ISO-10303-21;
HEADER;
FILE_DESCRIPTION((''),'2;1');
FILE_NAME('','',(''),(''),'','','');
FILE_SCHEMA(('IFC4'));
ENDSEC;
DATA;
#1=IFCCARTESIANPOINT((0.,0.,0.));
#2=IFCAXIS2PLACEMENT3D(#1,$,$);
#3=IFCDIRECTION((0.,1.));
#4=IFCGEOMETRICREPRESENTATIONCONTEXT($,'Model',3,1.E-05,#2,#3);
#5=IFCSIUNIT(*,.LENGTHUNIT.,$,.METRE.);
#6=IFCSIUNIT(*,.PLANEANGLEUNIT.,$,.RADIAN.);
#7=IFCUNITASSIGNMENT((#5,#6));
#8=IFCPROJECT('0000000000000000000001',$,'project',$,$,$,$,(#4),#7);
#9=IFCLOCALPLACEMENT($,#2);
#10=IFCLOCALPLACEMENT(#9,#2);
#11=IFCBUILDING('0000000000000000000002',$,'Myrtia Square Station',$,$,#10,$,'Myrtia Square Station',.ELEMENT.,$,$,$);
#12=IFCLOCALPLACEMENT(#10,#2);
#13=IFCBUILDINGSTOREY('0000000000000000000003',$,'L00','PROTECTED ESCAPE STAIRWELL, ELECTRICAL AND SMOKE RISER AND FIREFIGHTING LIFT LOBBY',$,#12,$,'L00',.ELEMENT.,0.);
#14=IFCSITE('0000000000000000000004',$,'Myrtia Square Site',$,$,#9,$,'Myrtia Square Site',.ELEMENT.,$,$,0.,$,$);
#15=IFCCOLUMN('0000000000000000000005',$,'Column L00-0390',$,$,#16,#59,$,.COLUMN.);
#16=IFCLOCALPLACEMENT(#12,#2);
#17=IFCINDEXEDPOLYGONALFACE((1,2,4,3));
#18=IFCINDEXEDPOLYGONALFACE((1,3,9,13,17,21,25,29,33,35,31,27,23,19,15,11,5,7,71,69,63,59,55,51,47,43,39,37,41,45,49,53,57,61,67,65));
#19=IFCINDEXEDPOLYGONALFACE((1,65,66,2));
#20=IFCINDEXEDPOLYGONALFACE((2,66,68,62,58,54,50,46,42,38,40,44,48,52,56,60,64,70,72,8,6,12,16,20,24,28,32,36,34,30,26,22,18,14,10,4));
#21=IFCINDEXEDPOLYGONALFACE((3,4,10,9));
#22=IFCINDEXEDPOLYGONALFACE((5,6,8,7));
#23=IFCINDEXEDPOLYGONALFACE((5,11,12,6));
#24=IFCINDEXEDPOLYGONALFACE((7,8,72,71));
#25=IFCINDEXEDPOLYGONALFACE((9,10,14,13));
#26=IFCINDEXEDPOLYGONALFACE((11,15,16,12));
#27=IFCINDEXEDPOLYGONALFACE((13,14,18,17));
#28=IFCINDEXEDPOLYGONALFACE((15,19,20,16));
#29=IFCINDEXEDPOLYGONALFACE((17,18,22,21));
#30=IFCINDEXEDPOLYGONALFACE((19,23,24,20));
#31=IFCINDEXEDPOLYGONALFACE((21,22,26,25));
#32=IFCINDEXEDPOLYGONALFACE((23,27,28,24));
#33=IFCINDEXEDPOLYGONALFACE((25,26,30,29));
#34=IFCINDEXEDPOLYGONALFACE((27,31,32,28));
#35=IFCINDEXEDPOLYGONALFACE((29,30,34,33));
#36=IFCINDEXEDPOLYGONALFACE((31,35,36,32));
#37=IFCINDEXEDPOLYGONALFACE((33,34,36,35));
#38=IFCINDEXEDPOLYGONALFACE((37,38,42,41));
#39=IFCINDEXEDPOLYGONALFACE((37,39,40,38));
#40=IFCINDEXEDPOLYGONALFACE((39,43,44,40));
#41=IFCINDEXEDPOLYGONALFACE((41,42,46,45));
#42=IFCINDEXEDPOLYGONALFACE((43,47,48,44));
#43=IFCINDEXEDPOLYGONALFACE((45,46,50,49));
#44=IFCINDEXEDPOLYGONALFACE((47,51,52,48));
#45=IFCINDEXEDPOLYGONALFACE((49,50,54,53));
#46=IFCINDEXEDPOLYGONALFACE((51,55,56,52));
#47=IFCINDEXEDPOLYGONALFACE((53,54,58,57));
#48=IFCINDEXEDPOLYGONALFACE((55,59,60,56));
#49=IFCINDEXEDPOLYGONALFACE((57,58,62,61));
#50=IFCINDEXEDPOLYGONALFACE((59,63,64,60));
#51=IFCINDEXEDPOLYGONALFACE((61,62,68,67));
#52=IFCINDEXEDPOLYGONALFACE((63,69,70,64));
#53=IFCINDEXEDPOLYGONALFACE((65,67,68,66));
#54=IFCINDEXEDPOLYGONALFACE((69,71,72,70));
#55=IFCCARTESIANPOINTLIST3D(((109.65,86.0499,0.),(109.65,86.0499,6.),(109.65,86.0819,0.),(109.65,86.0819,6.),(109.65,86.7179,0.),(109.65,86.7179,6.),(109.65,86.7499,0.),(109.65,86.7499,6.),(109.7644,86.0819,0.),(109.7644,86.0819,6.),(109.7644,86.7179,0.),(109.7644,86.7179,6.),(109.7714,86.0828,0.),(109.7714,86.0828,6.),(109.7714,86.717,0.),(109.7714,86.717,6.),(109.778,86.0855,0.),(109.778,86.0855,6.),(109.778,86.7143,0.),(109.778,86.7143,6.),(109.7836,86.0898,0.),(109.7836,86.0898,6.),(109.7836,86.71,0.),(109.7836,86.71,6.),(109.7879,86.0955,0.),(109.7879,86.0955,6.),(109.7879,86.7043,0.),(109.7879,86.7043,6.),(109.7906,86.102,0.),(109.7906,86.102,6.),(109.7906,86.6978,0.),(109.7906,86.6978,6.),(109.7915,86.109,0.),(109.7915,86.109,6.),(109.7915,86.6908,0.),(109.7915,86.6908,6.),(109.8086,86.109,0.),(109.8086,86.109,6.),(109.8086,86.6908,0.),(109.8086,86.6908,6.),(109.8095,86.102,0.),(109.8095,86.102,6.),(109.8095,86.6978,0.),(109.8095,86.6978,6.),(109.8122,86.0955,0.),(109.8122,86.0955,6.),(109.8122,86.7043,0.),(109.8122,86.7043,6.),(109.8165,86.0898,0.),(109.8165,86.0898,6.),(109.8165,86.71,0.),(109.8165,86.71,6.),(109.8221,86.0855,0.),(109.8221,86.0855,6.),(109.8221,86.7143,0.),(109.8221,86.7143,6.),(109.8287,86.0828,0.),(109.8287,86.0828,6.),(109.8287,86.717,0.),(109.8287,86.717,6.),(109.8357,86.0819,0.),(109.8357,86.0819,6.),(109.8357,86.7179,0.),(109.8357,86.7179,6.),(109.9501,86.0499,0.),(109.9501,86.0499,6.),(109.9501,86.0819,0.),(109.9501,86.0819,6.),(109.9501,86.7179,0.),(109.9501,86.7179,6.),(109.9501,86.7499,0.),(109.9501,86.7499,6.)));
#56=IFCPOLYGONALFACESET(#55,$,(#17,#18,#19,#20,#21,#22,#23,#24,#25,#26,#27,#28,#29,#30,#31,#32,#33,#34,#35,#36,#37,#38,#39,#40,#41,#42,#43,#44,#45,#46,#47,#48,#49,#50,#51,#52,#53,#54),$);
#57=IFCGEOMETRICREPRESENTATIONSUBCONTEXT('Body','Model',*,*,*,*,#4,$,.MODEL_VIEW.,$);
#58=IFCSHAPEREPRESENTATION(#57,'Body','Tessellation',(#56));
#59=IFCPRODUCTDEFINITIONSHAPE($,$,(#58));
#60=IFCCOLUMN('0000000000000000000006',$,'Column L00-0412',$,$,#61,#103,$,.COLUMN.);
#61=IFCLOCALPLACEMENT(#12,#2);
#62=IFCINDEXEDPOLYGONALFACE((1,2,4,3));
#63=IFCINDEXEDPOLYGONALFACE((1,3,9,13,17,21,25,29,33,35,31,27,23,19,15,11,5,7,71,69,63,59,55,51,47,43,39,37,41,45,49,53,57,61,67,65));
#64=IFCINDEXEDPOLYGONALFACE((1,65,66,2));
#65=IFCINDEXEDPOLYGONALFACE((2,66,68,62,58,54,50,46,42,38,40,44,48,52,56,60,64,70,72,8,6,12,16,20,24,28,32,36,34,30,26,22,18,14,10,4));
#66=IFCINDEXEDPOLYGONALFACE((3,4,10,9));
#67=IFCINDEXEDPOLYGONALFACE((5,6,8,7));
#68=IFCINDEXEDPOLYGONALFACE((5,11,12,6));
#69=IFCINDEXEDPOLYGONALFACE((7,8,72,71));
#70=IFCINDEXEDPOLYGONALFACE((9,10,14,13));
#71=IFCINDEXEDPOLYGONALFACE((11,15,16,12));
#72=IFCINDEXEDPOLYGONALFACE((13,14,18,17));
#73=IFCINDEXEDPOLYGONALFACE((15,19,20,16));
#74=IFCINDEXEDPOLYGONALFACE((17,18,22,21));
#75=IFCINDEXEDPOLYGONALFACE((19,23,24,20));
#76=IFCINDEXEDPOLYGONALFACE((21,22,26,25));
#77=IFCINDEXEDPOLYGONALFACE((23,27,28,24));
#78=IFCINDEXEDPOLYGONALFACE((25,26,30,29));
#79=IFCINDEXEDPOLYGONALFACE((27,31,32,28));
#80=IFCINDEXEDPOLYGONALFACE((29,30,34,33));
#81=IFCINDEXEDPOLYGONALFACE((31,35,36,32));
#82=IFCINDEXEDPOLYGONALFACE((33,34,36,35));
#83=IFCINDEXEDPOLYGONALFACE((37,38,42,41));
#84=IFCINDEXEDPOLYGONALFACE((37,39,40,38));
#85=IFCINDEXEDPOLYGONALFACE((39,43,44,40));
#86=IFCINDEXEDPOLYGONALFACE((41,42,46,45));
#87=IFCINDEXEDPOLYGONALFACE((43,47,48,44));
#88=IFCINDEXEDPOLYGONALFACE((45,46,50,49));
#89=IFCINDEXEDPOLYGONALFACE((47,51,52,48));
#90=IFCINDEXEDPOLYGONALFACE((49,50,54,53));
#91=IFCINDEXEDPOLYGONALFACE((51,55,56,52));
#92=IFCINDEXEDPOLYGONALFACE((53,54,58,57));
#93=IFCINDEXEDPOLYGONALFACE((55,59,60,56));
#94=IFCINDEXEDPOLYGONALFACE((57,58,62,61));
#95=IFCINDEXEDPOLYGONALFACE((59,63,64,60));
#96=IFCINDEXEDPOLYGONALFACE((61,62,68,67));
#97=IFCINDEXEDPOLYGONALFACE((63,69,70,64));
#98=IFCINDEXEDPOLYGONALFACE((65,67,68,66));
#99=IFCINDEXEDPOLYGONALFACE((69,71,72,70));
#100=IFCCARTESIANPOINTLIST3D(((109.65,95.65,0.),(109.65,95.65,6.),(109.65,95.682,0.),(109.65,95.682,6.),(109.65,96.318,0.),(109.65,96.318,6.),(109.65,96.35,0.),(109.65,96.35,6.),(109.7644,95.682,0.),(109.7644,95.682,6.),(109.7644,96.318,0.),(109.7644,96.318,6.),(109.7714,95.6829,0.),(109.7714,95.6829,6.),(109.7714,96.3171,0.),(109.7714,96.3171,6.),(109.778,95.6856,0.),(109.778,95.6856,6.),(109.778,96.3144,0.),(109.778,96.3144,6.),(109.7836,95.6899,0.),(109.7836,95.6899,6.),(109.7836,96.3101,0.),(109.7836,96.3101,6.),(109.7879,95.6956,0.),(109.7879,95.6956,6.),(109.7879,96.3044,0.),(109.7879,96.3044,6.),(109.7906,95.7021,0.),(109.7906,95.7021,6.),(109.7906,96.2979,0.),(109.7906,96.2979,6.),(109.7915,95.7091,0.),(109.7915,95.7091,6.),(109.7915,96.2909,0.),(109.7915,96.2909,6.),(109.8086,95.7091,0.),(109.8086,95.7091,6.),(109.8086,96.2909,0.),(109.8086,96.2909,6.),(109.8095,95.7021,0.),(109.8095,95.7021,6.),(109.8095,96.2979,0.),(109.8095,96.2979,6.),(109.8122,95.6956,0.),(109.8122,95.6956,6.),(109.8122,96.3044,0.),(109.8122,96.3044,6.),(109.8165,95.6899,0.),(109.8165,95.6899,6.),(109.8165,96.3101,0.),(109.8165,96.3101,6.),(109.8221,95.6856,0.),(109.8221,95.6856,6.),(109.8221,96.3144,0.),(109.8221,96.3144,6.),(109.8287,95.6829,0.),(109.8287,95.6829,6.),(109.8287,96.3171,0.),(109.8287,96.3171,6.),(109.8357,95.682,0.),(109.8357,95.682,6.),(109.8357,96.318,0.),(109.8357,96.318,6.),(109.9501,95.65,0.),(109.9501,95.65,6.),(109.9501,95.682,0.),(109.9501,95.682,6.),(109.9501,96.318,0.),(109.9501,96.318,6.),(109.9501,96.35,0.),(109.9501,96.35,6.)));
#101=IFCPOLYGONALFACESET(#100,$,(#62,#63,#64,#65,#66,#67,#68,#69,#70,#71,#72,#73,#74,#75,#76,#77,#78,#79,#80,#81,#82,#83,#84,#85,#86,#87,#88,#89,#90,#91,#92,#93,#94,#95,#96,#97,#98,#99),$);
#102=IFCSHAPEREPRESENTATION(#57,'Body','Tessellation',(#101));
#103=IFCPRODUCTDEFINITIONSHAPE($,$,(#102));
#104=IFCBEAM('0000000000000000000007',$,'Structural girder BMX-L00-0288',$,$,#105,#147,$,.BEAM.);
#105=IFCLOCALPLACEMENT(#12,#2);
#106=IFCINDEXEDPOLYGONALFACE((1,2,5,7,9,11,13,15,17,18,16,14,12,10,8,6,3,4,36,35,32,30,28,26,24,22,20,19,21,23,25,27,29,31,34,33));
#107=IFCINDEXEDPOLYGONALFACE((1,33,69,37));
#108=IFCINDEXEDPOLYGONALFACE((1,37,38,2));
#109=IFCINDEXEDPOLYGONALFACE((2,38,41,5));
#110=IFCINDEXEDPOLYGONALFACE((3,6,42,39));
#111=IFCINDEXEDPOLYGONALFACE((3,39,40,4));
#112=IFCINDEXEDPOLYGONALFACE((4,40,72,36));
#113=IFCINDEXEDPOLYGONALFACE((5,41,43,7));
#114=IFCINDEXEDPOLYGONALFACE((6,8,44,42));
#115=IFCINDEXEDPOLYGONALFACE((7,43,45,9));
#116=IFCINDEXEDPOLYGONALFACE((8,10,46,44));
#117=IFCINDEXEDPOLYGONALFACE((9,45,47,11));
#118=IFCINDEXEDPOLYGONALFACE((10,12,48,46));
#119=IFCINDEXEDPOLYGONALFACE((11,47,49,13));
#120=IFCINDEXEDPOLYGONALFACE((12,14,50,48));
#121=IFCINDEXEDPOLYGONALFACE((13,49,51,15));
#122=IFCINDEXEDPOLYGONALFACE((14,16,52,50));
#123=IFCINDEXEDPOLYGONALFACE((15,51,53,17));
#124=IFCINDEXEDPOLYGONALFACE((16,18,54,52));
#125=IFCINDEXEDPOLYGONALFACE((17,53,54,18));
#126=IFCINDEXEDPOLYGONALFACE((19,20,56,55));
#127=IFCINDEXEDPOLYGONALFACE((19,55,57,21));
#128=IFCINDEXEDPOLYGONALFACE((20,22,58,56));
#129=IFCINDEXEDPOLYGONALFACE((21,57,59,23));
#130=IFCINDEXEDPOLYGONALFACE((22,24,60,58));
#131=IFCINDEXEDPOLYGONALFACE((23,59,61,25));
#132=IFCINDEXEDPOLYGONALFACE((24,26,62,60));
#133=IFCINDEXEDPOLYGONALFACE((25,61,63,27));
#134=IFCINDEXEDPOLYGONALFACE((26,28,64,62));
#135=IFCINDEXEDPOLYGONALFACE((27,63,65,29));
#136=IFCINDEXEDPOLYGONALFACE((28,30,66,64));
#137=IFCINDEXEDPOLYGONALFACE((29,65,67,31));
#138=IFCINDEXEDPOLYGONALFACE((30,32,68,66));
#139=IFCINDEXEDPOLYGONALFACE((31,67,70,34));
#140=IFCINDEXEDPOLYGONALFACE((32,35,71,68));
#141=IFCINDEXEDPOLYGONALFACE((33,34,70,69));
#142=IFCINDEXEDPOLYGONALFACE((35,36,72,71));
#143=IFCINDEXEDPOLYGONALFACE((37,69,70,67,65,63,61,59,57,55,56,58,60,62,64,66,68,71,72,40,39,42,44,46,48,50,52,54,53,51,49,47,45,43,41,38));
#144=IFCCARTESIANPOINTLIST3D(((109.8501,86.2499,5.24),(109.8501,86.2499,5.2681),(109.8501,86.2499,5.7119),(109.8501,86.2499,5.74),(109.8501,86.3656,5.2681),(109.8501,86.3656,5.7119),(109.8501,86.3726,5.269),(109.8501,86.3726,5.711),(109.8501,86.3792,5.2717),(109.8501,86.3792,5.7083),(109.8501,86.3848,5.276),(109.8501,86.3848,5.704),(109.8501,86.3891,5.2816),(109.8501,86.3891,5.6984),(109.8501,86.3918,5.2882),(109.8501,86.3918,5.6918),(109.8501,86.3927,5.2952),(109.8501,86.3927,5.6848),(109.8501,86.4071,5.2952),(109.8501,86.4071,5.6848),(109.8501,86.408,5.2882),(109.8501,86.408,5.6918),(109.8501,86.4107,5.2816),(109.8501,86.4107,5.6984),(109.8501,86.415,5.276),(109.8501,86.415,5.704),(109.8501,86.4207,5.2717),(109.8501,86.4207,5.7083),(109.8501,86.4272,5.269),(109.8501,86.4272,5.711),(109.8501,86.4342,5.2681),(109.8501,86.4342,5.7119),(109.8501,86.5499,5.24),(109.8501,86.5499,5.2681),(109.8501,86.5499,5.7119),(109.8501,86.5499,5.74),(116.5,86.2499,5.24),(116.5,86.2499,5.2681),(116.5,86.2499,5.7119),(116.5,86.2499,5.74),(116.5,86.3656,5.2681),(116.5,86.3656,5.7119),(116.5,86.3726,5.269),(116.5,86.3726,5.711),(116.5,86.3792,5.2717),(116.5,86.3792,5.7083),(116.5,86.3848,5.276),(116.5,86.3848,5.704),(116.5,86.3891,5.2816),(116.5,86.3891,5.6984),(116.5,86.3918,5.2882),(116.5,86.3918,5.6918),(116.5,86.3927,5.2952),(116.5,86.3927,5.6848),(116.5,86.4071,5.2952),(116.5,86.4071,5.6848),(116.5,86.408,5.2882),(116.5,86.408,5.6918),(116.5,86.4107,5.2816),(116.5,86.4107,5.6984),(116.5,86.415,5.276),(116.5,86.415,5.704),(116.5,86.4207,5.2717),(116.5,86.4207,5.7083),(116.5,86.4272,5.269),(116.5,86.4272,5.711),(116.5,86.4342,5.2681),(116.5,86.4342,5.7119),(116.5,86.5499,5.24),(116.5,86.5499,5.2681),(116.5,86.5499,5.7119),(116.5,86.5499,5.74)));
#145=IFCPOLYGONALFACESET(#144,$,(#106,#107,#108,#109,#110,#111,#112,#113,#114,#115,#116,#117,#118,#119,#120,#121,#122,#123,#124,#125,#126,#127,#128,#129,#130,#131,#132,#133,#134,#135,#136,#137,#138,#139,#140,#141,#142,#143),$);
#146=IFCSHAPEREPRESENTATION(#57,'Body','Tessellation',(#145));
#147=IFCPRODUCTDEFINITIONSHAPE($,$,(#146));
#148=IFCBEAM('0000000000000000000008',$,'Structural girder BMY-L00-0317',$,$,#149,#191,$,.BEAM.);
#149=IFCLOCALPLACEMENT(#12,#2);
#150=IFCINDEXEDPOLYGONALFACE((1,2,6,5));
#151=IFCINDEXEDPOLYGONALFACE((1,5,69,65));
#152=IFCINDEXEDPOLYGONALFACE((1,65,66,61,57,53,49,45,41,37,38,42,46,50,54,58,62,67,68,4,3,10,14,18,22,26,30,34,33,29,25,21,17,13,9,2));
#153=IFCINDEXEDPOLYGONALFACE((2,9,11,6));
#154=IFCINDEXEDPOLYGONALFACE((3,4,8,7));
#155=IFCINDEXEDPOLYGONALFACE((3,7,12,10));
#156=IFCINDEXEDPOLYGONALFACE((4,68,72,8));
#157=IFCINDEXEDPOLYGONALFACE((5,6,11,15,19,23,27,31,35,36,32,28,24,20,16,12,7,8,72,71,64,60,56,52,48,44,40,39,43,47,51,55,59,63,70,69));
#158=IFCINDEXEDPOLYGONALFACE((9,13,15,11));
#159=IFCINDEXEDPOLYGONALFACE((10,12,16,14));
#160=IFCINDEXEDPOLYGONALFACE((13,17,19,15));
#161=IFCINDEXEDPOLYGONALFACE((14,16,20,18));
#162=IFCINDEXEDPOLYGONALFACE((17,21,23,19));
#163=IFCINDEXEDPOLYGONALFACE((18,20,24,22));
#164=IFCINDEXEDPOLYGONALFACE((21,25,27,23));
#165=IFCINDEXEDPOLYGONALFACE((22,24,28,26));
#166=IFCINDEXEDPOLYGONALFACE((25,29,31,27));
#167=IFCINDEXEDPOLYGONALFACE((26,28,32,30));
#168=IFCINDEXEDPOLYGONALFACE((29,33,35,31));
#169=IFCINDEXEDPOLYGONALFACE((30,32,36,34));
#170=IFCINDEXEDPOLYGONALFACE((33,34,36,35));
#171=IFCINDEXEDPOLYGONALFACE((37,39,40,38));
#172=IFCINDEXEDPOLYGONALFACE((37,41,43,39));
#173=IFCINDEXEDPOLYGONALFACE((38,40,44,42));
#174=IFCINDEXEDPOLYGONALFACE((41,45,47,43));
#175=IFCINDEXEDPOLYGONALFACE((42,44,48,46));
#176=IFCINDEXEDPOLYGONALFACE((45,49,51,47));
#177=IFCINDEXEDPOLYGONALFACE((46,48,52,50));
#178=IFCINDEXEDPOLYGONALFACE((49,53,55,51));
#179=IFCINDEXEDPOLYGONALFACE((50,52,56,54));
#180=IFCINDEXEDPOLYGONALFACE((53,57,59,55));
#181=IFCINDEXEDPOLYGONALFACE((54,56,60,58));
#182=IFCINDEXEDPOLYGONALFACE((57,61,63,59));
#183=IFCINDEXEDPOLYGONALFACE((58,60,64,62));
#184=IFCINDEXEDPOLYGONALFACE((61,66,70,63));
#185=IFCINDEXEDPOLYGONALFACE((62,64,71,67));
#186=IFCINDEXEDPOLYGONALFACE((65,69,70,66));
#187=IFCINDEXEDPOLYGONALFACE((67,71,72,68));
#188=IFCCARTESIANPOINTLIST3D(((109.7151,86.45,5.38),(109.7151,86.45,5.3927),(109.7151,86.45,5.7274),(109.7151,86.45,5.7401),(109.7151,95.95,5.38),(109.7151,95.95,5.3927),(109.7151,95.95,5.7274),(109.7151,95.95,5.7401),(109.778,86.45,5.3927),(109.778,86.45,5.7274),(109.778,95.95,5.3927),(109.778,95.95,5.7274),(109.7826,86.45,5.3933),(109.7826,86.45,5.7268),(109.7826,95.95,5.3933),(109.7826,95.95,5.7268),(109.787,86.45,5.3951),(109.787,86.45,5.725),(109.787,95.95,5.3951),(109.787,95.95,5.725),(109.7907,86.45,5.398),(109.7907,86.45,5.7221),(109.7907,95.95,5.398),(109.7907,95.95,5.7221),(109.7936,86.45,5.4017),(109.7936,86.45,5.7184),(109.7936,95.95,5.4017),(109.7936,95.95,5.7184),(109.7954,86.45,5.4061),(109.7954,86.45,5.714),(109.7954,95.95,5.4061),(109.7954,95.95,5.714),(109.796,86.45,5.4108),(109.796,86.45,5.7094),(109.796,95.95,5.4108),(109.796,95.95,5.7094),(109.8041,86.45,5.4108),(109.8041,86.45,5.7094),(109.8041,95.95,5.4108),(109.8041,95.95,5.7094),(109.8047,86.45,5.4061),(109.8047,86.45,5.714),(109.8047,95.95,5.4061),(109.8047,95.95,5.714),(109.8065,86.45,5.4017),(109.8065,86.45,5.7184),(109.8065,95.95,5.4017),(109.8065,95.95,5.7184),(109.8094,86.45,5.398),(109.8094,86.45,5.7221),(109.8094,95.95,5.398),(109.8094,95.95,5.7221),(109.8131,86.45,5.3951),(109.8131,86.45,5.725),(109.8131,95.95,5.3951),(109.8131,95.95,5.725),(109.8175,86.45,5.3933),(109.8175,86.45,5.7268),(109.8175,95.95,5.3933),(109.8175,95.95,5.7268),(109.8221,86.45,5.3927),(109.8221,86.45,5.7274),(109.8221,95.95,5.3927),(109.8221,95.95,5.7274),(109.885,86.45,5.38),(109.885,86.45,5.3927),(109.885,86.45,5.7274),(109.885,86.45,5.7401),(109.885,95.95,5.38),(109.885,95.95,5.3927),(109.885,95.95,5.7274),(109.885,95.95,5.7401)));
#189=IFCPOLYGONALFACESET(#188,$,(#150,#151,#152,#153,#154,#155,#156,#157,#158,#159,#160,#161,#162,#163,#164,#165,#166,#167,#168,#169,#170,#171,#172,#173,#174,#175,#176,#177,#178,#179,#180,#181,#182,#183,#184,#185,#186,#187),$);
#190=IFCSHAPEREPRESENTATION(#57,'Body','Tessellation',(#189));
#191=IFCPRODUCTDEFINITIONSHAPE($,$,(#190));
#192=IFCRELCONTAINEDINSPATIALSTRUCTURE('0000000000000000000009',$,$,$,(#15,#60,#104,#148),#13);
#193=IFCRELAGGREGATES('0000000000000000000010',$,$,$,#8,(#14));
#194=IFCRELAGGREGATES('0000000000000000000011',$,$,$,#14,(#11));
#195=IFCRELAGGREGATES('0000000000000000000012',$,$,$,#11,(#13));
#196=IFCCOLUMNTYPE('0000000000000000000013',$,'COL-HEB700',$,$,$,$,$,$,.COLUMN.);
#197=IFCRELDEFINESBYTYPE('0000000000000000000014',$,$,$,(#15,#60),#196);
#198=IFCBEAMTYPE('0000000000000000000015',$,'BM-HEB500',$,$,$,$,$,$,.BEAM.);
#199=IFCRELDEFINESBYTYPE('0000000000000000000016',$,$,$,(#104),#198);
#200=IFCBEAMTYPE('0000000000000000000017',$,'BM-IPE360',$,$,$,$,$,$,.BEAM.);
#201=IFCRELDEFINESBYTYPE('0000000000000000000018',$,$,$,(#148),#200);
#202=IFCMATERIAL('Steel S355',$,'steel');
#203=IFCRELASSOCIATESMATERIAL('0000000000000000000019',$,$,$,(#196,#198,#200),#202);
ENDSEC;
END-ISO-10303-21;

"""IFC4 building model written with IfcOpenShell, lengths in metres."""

from ifc_helpers import new_model, si_unit, direction, frame, origin, origin_2d, place, context, subcontext, project, spatial, i_section, extrude, material, material_profile, profile_set, type_object, element, save


model = new_model("IFC4")

# Units and contexts
model_context = context("Model", 3, precision=1e-05, world=origin(), true_north=direction((0.0, 1.0)))
body_context = subcontext(model_context, "Body", "Model", "MODEL_VIEW")
ifc_project = project(units=[si_unit("LENGTHUNIT", "METRE"), si_unit("PLANEANGLEUNIT", "RADIAN")], contexts=[model_context])

# Site, building, storey
site_placement = place(None, origin())
site = spatial("IfcSite", under=ifc_project, at=site_placement, Name="Myrtia Square Site", LongName="Myrtia Square Site", CompositionType="ELEMENT", RefElevation=0.0)
building_placement = place(site_placement, origin())
building = spatial("IfcBuilding", under=site, at=building_placement, Name="Myrtia Square Station", LongName="Myrtia Square Station", CompositionType="ELEMENT")
storey_placement = place(building_placement, origin())
storey = spatial("IfcBuildingStorey", under=building, at=storey_placement, Name="L00", Description="PROTECTED ESCAPE STAIRWELL, ELECTRICAL AND SMOKE RISER AND FIREFIGHTING LIFT LOBBY", LongName="L00", CompositionType="ELEMENT", Elevation=0.0)

# Columns
ifc_material_1 = material(Name="Steel S355", Category="steel")
ifc_material_profile_1 = material_profile(ifc_material_1, i_section(OverallWidth=0.3, OverallDepth=0.7, WebThickness=0.0171, FlangeThickness=0.032, FilletRadius=0.0271, at=origin_2d()), Name="HEB 700")
ifc_profile_set_1 = profile_set([ifc_material_profile_1], Name="Steel S355")
column_type = type_object("IfcColumnType", Name="COL-HEB700", PredefinedType="COLUMN", material=ifc_profile_set_1)
for number, where, z_axis, x_axis, name in (
    (1, (109.8, 86.3999, 0.0), (0.0, 0.0, 1.0), (1.0, 0.0, 0.0), "Column L00-0390"),
    (2, (109.8, 96.0, 0.0), (0.0, 0.0, 1.0), (1.0, 0.0, 0.0), "Column L00-0412"),
):
    element("IfcColumn", number, at=place(storey_placement, frame(where, z_axis=z_axis, x_axis=x_axis)), inside=storey, type_object=column_type, Name=name, PredefinedType="COLUMN", context=body_context, shape_type="SweptSolid", body=[
        extrude(i_section(OverallWidth=0.3, OverallDepth=0.7, WebThickness=0.0171, FlangeThickness=0.032, FilletRadius=0.0271, at=origin_2d()), origin(), (0.0, 0.0, 1.0), 6.0),
    ])

# Beams
ifc_material_profile_2 = material_profile(ifc_material_1, i_section(OverallWidth=0.3, OverallDepth=0.5, WebThickness=0.0144, FlangeThickness=0.0281, FilletRadius=0.0271, at=origin_2d()), Name="HEB 500")
ifc_profile_set_2 = profile_set([ifc_material_profile_2], Name="Steel S355")
beam_type_1 = type_object("IfcBeamType", Name="BM-HEB500", PredefinedType="BEAM", material=ifc_profile_set_2)
beam_1_placement = place(storey_placement, frame((109.8501, 86.3999, 5.49), z_axis=(1.0, 0.0, 0.0), x_axis=(0.0, 1.0, 0.0)))
element("IfcBeam", 3, at=beam_1_placement, inside=storey, type_object=beam_type_1, Name="Structural girder BMX-L00-0288", PredefinedType="BEAM", context=body_context, shape_type="SweptSolid", body=[
    extrude(i_section(OverallWidth=0.3, OverallDepth=0.5, WebThickness=0.0144, FlangeThickness=0.0281, FilletRadius=0.0271, at=origin_2d()), origin(), (0.0, 0.0, 1.0), 6.6499),
])
ifc_material_profile_3 = material_profile(ifc_material_1, i_section(OverallWidth=0.1699, OverallDepth=0.3601, WebThickness=0.0081, FlangeThickness=0.0127, FilletRadius=0.0181, at=origin_2d()), Name="IPE 360")
ifc_profile_set_3 = profile_set([ifc_material_profile_3], Name="Steel S355")
beam_type_2 = type_object("IfcBeamType", Name="BM-IPE360", PredefinedType="BEAM", material=ifc_profile_set_3)
beam_2_placement = place(storey_placement, frame((109.8, 86.45, 5.5601), z_axis=(0.0, 1.0, 0.0), x_axis=(-1.0, 0.0, 0.0)))
element("IfcBeam", 4, at=beam_2_placement, inside=storey, type_object=beam_type_2, Name="Structural girder BMY-L00-0317", PredefinedType="BEAM", context=body_context, shape_type="SweptSolid", body=[
    extrude(i_section(OverallWidth=0.1699, OverallDepth=0.3601, WebThickness=0.0081, FlangeThickness=0.0127, FilletRadius=0.0181, at=origin_2d()), origin(), (0.0, 0.0, 1.0), 9.5),
])

save(model, "model.ifc")
